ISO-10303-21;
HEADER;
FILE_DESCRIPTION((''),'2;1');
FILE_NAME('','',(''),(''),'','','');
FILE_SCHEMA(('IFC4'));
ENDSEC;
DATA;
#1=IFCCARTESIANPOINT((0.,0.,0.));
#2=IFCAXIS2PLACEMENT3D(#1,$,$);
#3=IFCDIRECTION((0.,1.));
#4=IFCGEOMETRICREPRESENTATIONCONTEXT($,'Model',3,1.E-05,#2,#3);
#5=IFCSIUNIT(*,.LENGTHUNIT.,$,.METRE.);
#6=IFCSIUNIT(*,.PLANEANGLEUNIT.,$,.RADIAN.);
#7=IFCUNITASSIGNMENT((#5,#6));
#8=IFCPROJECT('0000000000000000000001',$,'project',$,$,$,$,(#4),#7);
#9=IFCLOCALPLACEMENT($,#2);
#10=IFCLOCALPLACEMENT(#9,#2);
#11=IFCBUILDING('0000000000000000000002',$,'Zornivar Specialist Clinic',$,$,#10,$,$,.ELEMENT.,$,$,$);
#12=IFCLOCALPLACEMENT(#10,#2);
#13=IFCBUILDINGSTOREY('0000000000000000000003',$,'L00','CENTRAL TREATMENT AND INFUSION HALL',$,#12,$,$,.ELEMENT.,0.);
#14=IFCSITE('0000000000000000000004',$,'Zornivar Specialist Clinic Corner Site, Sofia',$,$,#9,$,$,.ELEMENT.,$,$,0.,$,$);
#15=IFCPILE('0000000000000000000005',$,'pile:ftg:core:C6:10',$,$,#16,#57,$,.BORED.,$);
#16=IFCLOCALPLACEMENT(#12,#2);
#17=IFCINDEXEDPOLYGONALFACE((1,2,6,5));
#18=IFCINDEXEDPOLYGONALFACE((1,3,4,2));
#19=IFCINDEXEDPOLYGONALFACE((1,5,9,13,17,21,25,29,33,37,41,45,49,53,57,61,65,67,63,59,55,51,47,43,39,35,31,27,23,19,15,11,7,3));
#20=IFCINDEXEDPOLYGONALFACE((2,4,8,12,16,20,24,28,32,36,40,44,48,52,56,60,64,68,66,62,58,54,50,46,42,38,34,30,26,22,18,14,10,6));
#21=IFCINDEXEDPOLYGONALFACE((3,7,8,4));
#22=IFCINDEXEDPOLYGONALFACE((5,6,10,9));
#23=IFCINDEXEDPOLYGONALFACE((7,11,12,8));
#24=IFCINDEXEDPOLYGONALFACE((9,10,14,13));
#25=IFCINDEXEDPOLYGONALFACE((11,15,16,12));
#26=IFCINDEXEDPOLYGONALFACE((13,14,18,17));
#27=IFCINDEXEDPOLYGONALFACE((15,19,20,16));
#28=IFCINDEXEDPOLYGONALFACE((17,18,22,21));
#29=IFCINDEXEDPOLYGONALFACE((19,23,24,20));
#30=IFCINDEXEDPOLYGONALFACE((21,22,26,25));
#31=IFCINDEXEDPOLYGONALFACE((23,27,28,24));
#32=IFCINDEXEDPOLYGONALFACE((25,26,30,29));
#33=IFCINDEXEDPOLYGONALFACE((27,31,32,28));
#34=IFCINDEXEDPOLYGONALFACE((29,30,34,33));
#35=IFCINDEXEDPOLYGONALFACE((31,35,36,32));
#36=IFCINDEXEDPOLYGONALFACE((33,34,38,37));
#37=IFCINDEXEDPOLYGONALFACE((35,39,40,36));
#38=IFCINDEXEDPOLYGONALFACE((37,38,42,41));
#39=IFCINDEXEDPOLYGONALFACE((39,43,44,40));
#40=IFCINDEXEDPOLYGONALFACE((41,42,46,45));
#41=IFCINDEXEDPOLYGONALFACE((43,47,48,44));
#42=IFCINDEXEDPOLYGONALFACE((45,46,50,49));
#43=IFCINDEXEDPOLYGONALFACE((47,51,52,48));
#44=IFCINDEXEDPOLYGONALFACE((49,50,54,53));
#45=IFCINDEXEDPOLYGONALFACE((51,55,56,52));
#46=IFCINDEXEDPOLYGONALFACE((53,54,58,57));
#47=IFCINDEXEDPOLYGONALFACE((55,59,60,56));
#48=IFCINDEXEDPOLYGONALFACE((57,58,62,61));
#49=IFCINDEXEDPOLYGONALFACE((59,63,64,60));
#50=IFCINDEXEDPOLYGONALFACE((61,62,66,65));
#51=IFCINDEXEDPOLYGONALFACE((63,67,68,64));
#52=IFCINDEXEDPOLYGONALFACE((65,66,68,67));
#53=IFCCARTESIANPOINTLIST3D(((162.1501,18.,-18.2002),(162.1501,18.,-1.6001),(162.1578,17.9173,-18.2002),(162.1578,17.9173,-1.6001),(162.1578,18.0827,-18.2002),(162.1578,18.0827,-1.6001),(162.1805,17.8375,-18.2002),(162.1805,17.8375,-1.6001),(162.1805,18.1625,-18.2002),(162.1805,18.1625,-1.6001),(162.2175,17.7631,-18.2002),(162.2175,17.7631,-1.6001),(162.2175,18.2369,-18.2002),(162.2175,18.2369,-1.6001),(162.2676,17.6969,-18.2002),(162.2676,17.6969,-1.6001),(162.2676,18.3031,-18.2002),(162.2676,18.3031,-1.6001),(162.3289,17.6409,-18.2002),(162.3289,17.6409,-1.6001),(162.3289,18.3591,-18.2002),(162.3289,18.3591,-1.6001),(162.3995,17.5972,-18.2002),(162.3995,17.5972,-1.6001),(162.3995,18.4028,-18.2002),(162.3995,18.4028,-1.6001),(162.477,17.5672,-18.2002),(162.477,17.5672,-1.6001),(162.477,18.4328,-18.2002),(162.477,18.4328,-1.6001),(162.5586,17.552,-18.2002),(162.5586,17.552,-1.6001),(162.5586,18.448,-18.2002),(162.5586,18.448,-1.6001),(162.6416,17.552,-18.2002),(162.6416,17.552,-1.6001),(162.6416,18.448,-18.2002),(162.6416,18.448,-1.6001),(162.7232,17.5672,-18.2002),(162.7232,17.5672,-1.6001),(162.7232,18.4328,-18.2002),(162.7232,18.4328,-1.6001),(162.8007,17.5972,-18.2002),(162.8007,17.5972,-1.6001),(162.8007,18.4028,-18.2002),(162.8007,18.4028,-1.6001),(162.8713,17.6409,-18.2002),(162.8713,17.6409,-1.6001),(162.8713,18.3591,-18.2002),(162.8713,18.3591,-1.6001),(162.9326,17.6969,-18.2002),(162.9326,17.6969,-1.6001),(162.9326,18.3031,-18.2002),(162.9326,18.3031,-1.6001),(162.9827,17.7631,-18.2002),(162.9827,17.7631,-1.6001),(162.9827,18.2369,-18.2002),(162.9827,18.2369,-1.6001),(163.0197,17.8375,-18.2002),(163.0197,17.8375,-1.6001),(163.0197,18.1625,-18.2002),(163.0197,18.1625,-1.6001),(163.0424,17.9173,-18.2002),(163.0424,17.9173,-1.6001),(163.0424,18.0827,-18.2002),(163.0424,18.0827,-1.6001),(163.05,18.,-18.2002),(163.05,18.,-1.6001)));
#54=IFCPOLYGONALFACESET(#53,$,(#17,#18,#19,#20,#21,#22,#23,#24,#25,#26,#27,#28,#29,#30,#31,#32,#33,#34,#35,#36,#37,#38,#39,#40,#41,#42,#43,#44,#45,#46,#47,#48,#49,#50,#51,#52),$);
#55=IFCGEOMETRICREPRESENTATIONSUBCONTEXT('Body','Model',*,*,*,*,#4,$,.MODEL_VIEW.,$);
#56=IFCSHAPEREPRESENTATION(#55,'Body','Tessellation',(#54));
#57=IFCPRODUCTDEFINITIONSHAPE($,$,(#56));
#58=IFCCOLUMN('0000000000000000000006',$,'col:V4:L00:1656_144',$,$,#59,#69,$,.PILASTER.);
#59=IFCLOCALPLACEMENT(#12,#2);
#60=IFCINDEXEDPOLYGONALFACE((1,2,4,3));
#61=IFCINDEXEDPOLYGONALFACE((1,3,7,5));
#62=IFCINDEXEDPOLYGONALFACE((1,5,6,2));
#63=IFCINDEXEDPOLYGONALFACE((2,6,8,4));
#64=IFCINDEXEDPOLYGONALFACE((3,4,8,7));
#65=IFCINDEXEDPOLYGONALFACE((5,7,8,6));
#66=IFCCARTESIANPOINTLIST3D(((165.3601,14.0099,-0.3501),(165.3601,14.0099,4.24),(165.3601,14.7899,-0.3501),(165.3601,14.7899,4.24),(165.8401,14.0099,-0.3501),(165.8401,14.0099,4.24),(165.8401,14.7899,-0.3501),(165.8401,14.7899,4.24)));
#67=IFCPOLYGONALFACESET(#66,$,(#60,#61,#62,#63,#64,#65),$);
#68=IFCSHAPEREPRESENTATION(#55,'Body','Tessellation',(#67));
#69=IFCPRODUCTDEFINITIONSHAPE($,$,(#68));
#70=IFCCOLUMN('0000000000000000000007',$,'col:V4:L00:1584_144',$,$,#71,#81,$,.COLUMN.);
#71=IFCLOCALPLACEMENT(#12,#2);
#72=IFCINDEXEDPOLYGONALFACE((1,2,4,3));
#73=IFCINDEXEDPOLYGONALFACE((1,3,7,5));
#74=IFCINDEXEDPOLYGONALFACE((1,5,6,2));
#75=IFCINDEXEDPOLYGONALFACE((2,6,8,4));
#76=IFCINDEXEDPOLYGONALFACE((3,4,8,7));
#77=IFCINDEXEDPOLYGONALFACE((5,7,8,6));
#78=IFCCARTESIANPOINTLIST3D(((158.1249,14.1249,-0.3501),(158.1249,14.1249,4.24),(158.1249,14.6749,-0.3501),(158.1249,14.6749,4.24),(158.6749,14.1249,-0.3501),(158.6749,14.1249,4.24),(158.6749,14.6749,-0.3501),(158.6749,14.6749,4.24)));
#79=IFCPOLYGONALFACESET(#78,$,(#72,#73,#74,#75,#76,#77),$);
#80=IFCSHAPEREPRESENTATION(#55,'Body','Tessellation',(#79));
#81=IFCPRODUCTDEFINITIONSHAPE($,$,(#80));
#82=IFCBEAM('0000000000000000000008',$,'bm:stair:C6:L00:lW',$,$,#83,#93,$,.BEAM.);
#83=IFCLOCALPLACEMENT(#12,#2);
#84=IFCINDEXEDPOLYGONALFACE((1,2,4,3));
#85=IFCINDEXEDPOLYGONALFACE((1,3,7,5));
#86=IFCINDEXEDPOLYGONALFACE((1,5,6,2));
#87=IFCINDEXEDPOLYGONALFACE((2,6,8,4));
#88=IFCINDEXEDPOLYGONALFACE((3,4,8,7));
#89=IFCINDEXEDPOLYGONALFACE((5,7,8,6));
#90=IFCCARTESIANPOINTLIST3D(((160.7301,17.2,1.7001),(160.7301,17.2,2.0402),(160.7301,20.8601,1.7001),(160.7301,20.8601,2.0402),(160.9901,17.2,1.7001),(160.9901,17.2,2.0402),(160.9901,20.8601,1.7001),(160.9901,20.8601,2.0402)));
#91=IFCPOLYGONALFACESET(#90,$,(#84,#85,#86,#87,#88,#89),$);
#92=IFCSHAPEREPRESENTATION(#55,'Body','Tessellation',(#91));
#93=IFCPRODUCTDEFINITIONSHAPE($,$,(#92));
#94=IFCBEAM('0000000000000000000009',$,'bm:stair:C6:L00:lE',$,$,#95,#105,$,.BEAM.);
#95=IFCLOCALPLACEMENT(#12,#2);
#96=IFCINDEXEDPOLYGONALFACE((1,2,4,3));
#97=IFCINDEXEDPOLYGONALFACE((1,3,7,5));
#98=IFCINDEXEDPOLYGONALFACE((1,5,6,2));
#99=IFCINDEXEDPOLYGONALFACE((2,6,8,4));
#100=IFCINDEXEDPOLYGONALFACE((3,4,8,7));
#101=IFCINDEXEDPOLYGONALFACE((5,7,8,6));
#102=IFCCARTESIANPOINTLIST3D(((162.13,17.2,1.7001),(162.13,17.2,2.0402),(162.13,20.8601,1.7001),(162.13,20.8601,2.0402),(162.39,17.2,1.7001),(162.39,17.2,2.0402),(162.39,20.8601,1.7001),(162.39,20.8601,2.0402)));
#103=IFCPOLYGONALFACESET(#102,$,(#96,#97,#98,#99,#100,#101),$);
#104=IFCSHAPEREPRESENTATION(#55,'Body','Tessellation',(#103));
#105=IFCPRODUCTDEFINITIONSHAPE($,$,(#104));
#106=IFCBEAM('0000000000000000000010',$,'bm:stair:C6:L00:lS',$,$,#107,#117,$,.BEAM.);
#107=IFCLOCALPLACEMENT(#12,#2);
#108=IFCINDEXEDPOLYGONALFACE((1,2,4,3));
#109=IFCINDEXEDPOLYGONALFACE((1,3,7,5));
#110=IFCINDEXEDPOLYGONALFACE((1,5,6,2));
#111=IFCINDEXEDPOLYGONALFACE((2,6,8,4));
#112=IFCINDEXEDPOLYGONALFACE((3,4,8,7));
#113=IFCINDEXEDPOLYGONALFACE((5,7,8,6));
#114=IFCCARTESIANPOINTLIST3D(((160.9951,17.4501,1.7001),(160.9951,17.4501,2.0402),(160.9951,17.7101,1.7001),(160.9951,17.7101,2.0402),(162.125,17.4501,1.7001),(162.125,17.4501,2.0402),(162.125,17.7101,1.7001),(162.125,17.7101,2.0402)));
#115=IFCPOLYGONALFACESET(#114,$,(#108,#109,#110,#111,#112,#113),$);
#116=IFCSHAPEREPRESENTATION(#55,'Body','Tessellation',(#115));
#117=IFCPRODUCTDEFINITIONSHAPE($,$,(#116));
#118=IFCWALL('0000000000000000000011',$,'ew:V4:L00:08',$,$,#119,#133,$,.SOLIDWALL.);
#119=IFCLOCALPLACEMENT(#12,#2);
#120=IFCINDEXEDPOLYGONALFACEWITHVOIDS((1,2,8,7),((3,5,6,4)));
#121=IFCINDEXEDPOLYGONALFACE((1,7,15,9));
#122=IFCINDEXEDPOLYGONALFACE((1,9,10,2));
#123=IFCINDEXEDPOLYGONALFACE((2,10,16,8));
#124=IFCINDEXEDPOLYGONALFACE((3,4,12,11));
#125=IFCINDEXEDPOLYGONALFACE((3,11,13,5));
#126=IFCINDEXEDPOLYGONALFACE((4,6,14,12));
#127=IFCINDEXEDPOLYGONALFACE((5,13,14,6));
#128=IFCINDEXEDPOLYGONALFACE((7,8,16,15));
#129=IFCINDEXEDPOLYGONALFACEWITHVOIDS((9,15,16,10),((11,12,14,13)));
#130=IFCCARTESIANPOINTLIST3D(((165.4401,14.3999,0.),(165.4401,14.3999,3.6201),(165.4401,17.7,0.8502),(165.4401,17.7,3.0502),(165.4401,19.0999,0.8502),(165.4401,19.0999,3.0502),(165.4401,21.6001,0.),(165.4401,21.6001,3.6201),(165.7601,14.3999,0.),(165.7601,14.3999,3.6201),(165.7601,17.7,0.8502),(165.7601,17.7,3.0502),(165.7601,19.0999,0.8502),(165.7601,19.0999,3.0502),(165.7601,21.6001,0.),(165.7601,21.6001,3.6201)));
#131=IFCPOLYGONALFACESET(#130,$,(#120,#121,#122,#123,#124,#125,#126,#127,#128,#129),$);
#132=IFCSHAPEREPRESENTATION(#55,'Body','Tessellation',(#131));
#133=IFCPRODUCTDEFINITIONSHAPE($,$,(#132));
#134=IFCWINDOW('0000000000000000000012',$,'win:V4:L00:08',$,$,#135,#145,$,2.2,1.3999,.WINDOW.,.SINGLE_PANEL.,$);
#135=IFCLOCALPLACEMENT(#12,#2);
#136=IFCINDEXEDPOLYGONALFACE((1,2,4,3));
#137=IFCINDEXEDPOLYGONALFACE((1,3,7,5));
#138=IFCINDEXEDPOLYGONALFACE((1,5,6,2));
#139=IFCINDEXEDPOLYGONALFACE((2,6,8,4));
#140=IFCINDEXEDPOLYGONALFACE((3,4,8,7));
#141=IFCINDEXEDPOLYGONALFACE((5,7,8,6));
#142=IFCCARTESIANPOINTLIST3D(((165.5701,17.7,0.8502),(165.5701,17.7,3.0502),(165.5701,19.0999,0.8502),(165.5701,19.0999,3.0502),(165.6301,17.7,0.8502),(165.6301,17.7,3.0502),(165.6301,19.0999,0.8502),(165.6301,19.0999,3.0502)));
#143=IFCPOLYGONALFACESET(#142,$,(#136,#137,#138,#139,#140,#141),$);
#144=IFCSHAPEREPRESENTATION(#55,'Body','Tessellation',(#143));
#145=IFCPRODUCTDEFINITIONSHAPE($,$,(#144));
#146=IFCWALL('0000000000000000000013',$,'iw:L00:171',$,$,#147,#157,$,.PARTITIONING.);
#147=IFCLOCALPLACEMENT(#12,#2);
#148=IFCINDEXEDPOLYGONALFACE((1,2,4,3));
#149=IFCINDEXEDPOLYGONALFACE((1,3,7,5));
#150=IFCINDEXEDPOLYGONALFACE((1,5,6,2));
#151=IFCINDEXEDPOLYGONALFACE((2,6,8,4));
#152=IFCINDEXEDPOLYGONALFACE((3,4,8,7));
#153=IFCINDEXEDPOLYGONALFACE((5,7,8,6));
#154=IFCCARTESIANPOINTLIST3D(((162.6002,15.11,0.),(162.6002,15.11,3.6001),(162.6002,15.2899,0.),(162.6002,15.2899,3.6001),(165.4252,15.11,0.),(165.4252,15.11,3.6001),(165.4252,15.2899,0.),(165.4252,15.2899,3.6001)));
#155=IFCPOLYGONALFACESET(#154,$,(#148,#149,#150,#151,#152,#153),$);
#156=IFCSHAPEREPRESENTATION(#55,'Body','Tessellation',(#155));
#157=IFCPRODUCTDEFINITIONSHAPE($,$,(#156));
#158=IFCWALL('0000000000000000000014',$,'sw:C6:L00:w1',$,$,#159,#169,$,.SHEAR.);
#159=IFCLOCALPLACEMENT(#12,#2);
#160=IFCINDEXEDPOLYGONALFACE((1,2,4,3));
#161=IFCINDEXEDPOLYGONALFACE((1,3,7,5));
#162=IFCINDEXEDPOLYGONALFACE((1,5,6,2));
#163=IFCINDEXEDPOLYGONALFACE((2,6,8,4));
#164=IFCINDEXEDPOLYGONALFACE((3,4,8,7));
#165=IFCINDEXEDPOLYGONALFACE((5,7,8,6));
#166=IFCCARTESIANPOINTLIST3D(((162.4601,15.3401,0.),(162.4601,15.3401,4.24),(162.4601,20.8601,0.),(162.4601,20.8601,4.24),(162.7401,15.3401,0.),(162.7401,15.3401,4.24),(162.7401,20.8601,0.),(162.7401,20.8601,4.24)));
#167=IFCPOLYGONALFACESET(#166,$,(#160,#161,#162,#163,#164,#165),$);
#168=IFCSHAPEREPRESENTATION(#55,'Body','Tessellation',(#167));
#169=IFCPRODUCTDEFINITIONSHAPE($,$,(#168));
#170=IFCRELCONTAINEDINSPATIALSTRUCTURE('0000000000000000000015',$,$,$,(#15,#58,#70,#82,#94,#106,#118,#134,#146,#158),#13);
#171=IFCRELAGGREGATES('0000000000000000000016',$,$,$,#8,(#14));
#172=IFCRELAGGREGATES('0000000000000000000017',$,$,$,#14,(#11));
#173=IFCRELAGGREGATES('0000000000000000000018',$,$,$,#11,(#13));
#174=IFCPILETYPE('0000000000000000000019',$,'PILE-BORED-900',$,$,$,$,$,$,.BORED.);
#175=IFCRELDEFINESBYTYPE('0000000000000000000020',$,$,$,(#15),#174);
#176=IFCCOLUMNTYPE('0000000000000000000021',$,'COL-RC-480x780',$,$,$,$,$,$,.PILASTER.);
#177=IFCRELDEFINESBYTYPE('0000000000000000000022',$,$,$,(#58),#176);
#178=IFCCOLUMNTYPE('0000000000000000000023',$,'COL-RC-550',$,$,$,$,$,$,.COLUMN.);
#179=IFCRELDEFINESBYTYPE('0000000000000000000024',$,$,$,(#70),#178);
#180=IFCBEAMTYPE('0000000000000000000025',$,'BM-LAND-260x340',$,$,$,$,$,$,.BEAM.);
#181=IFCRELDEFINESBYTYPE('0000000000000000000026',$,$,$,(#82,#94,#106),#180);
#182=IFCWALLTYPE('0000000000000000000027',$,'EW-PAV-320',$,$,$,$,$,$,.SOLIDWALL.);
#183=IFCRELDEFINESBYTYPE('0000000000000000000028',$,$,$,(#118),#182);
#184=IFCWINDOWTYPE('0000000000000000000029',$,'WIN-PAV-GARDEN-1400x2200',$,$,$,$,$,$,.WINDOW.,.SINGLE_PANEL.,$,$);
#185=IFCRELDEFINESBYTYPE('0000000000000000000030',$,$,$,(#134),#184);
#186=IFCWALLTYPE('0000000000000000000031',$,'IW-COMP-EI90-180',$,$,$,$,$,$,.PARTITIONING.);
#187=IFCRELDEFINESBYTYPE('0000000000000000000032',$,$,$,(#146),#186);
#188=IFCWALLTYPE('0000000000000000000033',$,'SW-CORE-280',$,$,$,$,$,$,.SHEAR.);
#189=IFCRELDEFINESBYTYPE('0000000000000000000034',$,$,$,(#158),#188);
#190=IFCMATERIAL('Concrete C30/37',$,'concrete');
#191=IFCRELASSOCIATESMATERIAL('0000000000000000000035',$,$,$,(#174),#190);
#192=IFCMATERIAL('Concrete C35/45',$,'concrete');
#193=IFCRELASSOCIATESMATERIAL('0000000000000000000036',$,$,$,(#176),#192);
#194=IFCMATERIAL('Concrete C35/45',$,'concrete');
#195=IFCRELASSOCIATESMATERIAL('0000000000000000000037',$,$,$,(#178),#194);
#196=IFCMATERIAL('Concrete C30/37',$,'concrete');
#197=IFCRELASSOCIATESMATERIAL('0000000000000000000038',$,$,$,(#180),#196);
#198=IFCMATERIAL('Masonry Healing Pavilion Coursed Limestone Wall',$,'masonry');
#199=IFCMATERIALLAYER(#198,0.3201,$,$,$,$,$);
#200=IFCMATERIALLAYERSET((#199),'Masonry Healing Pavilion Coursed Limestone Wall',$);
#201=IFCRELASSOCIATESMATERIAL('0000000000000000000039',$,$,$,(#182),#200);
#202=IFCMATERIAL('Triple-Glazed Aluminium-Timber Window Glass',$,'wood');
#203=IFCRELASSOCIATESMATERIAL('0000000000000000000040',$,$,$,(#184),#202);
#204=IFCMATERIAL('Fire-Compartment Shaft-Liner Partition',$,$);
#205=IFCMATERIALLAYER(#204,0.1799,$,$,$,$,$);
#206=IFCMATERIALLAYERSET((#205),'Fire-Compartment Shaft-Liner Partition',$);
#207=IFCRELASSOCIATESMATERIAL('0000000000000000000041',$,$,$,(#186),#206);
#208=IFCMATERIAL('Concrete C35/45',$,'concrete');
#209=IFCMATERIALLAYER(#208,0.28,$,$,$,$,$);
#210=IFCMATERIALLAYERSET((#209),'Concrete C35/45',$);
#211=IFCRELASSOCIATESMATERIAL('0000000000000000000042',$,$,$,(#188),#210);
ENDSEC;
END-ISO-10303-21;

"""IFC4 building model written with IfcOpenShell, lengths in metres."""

from ifc_helpers import new_model, si_unit, direction, frame, frame_2d, origin, origin_2d, place, context, subcontext, project, spatial, rectangle, circle, extrude, material, layer, layer_set, material_profile, profile_set, type_object, element, fill, save


model = new_model("IFC4")

# Units and contexts
model_context = context("Model", 3, precision=1e-05, world=origin(), true_north=direction((0.0, 1.0)))
body_context = subcontext(model_context, "Body", "Model", "MODEL_VIEW")
ifc_project = project(units=[si_unit("LENGTHUNIT", "METRE"), si_unit("PLANEANGLEUNIT", "RADIAN")], contexts=[model_context])

# Site, building, storey
site_placement = place(None, origin())
site = spatial("IfcSite", under=ifc_project, at=site_placement, Name="Zornivar Specialist Clinic Corner Site, Sofia", CompositionType="ELEMENT", RefElevation=0.0)
building_placement = place(site_placement, origin())
building = spatial("IfcBuilding", under=site, at=building_placement, Name="Zornivar Specialist Clinic", CompositionType="ELEMENT")
storey_placement = place(building_placement, origin())
storey = spatial("IfcBuildingStorey", under=building, at=storey_placement, Name="L00", Description="CENTRAL TREATMENT AND INFUSION HALL", CompositionType="ELEMENT", Elevation=0.0)

# Pile
ifc_material_1 = material(Name="Concrete C30/37", Category="concrete")
ifc_material_profile_1 = material_profile(ifc_material_1, circle(Radius=0.45, at=origin_2d()), Name="PILE D900")
ifc_profile_set_1 = profile_set([ifc_material_profile_1], Name="Concrete C30/37")
pile_type_1 = type_object("IfcPileType", Name="PILE-BORED-900", PredefinedType="BORED", material=ifc_profile_set_1)
for number, where, z_axis, x_axis, name in (
    (1, (162.6001, 18.0, -1.6001), (0.0, 0.0, -1.0), (1.0, 0.0, 0.0), "pile:ftg:core:C6:10"),
):
    element("IfcPile", number, at=place(storey_placement, frame(where, z_axis=z_axis, x_axis=x_axis)), inside=storey, type_object=pile_type_1, Name=name, PredefinedType="BORED", context=body_context, shape_type="SweptSolid", body=[
        extrude(circle(Radius=0.45, at=origin_2d()), origin(), (0.0, 0.0, 1.0), 16.6001),
    ])

# Columns
ifc_material_2 = material(Name="Concrete C35/45", Category="concrete")
ifc_material_profile_2 = material_profile(ifc_material_2, rectangle(XDim=0.48, YDim=0.78, at=origin_2d()), Name="RC 480x780")
ifc_profile_set_2 = profile_set([ifc_material_profile_2], Name="Concrete C35/45")
column_type_1 = type_object("IfcColumnType", Name="COL-RC-480x780", PredefinedType="PILASTER", material=ifc_profile_set_2)
column_1_placement = place(storey_placement, frame((165.6001, 14.3999, -0.3501), z_axis=(0.0, 0.0, 1.0), x_axis=(1.0, 0.0, 0.0)))
element("IfcColumn", 2, at=column_1_placement, inside=storey, type_object=column_type_1, Name="col:V4:L00:1656_144", PredefinedType="PILASTER", context=body_context, shape_type="SweptSolid", body=[
    extrude(rectangle(XDim=0.48, YDim=0.78, at=origin_2d()), origin(), (0.0, 0.0, 1.0), 4.5901),
])
ifc_material_3 = material(Name="Concrete C35/45", Category="concrete")
ifc_material_profile_3 = material_profile(ifc_material_3, rectangle(XDim=0.55, YDim=0.55, at=origin_2d()), Name="RC 550x550")
ifc_profile_set_3 = profile_set([ifc_material_profile_3], Name="Concrete C35/45")
column_type_2 = type_object("IfcColumnType", Name="COL-RC-550", PredefinedType="COLUMN", material=ifc_profile_set_3)
column_2_placement = place(storey_placement, frame((158.3999, 14.3999, -0.3501), z_axis=(0.0, 0.0, 1.0), x_axis=(1.0, 0.0, 0.0)))
element("IfcColumn", 3, at=column_2_placement, inside=storey, type_object=column_type_2, Name="col:V4:L00:1584_144", PredefinedType="COLUMN", context=body_context, shape_type="SweptSolid", body=[
    extrude(rectangle(XDim=0.55, YDim=0.55, at=origin_2d()), origin(), (0.0, 0.0, 1.0), 4.5901),
])

# Beams
ifc_material_4 = material(Name="Concrete C30/37", Category="concrete")
ifc_material_profile_4 = material_profile(ifc_material_4, rectangle(XDim=0.26, YDim=0.3401, at=origin_2d()), Name="RC 260x340")
ifc_profile_set_4 = profile_set([ifc_material_profile_4], Name="Concrete C30/37")
beam_type = type_object("IfcBeamType", Name="BM-LAND-260x340", PredefinedType="BEAM", material=ifc_profile_set_4)
for number, where, z_axis, x_axis, name in (
    (4, (160.8601, 17.2, 1.8701), (0.0, 1.0, 0.0), (-1.0, 0.0, 0.0), "bm:stair:C6:L00:lW"),
    (5, (162.26, 17.2, 1.8701), (0.0, 1.0, 0.0), (-1.0, 0.0, 0.0), "bm:stair:C6:L00:lE"),
):
    element("IfcBeam", number, at=place(storey_placement, frame(where, z_axis=z_axis, x_axis=x_axis)), inside=storey, type_object=beam_type, Name=name, PredefinedType="BEAM", context=body_context, shape_type="SweptSolid", body=[
        extrude(rectangle(XDim=0.26, YDim=0.3401, at=origin_2d()), origin(), (0.0, 0.0, 1.0), 3.6602),
    ])
beam_placement = place(storey_placement, frame((160.9951, 17.5801, 1.8701), z_axis=(1.0, 0.0, 0.0), x_axis=(0.0, 1.0, 0.0)))
element("IfcBeam", 6, at=beam_placement, inside=storey, type_object=beam_type, Name="bm:stair:C6:L00:lS", PredefinedType="BEAM", context=body_context, shape_type="SweptSolid", body=[
    extrude(rectangle(XDim=0.26, YDim=0.3401, at=origin_2d()), origin(), (0.0, 0.0, 1.0), 1.1299),
])

# Wall, opening, window
ifc_material_5 = material(Name="Masonry Healing Pavilion Coursed Limestone Wall", Category="masonry")
ifc_layer_1 = layer(ifc_material_5, 0.3201)
ifc_layer_set_1 = layer_set([ifc_layer_1], Name="Masonry Healing Pavilion Coursed Limestone Wall")
wall_type_1 = type_object("IfcWallType", Name="EW-PAV-320", PredefinedType="SOLIDWALL", material=ifc_layer_set_1)
wall_1_placement = place(storey_placement, frame((165.6001, 14.3999, 0.0), z_axis=(0.0, 0.0, 1.0), x_axis=(0.0, 1.0, 0.0)))
wall_1 = element("IfcWall", 7, at=wall_1_placement, inside=storey, type_object=wall_type_1, Name="ew:V4:L00:08", PredefinedType="SOLIDWALL", context=body_context, shape_type="SweptSolid", body=[
    extrude(rectangle(XDim=7.2002, YDim=0.3201, at=frame_2d((3.6001, 0.0))), origin(), (0.0, 0.0, 1.0), 3.6201),
])
opening_placement = place(wall_1_placement, frame((3.3, 0.0, 0.8501)))
opening = element("IfcOpeningElement", 8, at=opening_placement, cuts=wall_1, PredefinedType="OPENING", context=body_context, shape_type="SweptSolid", body=[
    extrude(rectangle(XDim=1.3999, YDim=2.2, at=frame_2d((0.7, 1.1001))), frame((0.0, 0.1699, 0.0), z_axis=(0.0, -1.0, 0.0), x_axis=(1.0, 0.0, 0.0)), (0.0, 0.0, 1.0), 0.3401),
])
ifc_material_6 = material(Name="Triple-Glazed Aluminium-Timber Window Glass", Category="wood")
window_type = type_object("IfcWindowType", Name="WIN-PAV-GARDEN-1400x2200", PartitioningType="SINGLE_PANEL", PredefinedType="WINDOW", material=ifc_material_6)
window_placement = place(opening_placement, origin())
window = element("IfcWindow", 9, at=window_placement, inside=storey, type_object=window_type, Name="win:V4:L00:08", OverallHeight=2.2, OverallWidth=1.3999, PartitioningType="SINGLE_PANEL", PredefinedType="WINDOW", context=body_context, shape_type="SweptSolid", body=[
    extrude(rectangle(XDim=1.3999, YDim=2.2, at=frame_2d((0.7, 1.1001))), frame((0.0, 0.03, 0.0), z_axis=(0.0, -1.0, 0.0), x_axis=(1.0, 0.0, 0.0)), (0.0, 0.0, 1.0), 0.0601),
])
fill(opening, window)

# Walls
ifc_material_7 = material(Name="Fire-Compartment Shaft-Liner Partition")
ifc_layer_2 = layer(ifc_material_7, 0.1799)
ifc_layer_set_2 = layer_set([ifc_layer_2], Name="Fire-Compartment Shaft-Liner Partition")
wall_type_2 = type_object("IfcWallType", Name="IW-COMP-EI90-180", PredefinedType="PARTITIONING", material=ifc_layer_set_2)
wall_2_placement = place(storey_placement, frame((162.6001, 15.2, 0.0), z_axis=(0.0, 0.0, 1.0), x_axis=(1.0, 0.0, 0.0)))
element("IfcWall", 10, at=wall_2_placement, inside=storey, type_object=wall_type_2, Name="iw:L00:171", PredefinedType="PARTITIONING", context=body_context, shape_type="SweptSolid", body=[
    extrude(rectangle(XDim=2.825, YDim=0.1799, at=frame_2d((1.4126, 0.0))), origin(), (0.0, 0.0, 1.0), 3.6001),
])
ifc_material_8 = material(Name="Concrete C35/45", Category="concrete")
ifc_layer_3 = layer(ifc_material_8, 0.28)
ifc_layer_set_3 = layer_set([ifc_layer_3], Name="Concrete C35/45")
wall_type_3 = type_object("IfcWallType", Name="SW-CORE-280", PredefinedType="SHEAR", material=ifc_layer_set_3)
wall_3_placement = place(storey_placement, frame((162.6001, 15.3401, 0.0), z_axis=(0.0, 0.0, 1.0), x_axis=(0.0, 1.0, 0.0)))
element("IfcWall", 11, at=wall_3_placement, inside=storey, type_object=wall_type_3, Name="sw:C6:L00:w1", PredefinedType="SHEAR", context=body_context, shape_type="SweptSolid", body=[
    extrude(rectangle(XDim=5.52, YDim=0.28, at=frame_2d((2.76, 0.0))), origin(), (0.0, 0.0, 1.0), 4.24),
])

save(model, "model.ifc")
